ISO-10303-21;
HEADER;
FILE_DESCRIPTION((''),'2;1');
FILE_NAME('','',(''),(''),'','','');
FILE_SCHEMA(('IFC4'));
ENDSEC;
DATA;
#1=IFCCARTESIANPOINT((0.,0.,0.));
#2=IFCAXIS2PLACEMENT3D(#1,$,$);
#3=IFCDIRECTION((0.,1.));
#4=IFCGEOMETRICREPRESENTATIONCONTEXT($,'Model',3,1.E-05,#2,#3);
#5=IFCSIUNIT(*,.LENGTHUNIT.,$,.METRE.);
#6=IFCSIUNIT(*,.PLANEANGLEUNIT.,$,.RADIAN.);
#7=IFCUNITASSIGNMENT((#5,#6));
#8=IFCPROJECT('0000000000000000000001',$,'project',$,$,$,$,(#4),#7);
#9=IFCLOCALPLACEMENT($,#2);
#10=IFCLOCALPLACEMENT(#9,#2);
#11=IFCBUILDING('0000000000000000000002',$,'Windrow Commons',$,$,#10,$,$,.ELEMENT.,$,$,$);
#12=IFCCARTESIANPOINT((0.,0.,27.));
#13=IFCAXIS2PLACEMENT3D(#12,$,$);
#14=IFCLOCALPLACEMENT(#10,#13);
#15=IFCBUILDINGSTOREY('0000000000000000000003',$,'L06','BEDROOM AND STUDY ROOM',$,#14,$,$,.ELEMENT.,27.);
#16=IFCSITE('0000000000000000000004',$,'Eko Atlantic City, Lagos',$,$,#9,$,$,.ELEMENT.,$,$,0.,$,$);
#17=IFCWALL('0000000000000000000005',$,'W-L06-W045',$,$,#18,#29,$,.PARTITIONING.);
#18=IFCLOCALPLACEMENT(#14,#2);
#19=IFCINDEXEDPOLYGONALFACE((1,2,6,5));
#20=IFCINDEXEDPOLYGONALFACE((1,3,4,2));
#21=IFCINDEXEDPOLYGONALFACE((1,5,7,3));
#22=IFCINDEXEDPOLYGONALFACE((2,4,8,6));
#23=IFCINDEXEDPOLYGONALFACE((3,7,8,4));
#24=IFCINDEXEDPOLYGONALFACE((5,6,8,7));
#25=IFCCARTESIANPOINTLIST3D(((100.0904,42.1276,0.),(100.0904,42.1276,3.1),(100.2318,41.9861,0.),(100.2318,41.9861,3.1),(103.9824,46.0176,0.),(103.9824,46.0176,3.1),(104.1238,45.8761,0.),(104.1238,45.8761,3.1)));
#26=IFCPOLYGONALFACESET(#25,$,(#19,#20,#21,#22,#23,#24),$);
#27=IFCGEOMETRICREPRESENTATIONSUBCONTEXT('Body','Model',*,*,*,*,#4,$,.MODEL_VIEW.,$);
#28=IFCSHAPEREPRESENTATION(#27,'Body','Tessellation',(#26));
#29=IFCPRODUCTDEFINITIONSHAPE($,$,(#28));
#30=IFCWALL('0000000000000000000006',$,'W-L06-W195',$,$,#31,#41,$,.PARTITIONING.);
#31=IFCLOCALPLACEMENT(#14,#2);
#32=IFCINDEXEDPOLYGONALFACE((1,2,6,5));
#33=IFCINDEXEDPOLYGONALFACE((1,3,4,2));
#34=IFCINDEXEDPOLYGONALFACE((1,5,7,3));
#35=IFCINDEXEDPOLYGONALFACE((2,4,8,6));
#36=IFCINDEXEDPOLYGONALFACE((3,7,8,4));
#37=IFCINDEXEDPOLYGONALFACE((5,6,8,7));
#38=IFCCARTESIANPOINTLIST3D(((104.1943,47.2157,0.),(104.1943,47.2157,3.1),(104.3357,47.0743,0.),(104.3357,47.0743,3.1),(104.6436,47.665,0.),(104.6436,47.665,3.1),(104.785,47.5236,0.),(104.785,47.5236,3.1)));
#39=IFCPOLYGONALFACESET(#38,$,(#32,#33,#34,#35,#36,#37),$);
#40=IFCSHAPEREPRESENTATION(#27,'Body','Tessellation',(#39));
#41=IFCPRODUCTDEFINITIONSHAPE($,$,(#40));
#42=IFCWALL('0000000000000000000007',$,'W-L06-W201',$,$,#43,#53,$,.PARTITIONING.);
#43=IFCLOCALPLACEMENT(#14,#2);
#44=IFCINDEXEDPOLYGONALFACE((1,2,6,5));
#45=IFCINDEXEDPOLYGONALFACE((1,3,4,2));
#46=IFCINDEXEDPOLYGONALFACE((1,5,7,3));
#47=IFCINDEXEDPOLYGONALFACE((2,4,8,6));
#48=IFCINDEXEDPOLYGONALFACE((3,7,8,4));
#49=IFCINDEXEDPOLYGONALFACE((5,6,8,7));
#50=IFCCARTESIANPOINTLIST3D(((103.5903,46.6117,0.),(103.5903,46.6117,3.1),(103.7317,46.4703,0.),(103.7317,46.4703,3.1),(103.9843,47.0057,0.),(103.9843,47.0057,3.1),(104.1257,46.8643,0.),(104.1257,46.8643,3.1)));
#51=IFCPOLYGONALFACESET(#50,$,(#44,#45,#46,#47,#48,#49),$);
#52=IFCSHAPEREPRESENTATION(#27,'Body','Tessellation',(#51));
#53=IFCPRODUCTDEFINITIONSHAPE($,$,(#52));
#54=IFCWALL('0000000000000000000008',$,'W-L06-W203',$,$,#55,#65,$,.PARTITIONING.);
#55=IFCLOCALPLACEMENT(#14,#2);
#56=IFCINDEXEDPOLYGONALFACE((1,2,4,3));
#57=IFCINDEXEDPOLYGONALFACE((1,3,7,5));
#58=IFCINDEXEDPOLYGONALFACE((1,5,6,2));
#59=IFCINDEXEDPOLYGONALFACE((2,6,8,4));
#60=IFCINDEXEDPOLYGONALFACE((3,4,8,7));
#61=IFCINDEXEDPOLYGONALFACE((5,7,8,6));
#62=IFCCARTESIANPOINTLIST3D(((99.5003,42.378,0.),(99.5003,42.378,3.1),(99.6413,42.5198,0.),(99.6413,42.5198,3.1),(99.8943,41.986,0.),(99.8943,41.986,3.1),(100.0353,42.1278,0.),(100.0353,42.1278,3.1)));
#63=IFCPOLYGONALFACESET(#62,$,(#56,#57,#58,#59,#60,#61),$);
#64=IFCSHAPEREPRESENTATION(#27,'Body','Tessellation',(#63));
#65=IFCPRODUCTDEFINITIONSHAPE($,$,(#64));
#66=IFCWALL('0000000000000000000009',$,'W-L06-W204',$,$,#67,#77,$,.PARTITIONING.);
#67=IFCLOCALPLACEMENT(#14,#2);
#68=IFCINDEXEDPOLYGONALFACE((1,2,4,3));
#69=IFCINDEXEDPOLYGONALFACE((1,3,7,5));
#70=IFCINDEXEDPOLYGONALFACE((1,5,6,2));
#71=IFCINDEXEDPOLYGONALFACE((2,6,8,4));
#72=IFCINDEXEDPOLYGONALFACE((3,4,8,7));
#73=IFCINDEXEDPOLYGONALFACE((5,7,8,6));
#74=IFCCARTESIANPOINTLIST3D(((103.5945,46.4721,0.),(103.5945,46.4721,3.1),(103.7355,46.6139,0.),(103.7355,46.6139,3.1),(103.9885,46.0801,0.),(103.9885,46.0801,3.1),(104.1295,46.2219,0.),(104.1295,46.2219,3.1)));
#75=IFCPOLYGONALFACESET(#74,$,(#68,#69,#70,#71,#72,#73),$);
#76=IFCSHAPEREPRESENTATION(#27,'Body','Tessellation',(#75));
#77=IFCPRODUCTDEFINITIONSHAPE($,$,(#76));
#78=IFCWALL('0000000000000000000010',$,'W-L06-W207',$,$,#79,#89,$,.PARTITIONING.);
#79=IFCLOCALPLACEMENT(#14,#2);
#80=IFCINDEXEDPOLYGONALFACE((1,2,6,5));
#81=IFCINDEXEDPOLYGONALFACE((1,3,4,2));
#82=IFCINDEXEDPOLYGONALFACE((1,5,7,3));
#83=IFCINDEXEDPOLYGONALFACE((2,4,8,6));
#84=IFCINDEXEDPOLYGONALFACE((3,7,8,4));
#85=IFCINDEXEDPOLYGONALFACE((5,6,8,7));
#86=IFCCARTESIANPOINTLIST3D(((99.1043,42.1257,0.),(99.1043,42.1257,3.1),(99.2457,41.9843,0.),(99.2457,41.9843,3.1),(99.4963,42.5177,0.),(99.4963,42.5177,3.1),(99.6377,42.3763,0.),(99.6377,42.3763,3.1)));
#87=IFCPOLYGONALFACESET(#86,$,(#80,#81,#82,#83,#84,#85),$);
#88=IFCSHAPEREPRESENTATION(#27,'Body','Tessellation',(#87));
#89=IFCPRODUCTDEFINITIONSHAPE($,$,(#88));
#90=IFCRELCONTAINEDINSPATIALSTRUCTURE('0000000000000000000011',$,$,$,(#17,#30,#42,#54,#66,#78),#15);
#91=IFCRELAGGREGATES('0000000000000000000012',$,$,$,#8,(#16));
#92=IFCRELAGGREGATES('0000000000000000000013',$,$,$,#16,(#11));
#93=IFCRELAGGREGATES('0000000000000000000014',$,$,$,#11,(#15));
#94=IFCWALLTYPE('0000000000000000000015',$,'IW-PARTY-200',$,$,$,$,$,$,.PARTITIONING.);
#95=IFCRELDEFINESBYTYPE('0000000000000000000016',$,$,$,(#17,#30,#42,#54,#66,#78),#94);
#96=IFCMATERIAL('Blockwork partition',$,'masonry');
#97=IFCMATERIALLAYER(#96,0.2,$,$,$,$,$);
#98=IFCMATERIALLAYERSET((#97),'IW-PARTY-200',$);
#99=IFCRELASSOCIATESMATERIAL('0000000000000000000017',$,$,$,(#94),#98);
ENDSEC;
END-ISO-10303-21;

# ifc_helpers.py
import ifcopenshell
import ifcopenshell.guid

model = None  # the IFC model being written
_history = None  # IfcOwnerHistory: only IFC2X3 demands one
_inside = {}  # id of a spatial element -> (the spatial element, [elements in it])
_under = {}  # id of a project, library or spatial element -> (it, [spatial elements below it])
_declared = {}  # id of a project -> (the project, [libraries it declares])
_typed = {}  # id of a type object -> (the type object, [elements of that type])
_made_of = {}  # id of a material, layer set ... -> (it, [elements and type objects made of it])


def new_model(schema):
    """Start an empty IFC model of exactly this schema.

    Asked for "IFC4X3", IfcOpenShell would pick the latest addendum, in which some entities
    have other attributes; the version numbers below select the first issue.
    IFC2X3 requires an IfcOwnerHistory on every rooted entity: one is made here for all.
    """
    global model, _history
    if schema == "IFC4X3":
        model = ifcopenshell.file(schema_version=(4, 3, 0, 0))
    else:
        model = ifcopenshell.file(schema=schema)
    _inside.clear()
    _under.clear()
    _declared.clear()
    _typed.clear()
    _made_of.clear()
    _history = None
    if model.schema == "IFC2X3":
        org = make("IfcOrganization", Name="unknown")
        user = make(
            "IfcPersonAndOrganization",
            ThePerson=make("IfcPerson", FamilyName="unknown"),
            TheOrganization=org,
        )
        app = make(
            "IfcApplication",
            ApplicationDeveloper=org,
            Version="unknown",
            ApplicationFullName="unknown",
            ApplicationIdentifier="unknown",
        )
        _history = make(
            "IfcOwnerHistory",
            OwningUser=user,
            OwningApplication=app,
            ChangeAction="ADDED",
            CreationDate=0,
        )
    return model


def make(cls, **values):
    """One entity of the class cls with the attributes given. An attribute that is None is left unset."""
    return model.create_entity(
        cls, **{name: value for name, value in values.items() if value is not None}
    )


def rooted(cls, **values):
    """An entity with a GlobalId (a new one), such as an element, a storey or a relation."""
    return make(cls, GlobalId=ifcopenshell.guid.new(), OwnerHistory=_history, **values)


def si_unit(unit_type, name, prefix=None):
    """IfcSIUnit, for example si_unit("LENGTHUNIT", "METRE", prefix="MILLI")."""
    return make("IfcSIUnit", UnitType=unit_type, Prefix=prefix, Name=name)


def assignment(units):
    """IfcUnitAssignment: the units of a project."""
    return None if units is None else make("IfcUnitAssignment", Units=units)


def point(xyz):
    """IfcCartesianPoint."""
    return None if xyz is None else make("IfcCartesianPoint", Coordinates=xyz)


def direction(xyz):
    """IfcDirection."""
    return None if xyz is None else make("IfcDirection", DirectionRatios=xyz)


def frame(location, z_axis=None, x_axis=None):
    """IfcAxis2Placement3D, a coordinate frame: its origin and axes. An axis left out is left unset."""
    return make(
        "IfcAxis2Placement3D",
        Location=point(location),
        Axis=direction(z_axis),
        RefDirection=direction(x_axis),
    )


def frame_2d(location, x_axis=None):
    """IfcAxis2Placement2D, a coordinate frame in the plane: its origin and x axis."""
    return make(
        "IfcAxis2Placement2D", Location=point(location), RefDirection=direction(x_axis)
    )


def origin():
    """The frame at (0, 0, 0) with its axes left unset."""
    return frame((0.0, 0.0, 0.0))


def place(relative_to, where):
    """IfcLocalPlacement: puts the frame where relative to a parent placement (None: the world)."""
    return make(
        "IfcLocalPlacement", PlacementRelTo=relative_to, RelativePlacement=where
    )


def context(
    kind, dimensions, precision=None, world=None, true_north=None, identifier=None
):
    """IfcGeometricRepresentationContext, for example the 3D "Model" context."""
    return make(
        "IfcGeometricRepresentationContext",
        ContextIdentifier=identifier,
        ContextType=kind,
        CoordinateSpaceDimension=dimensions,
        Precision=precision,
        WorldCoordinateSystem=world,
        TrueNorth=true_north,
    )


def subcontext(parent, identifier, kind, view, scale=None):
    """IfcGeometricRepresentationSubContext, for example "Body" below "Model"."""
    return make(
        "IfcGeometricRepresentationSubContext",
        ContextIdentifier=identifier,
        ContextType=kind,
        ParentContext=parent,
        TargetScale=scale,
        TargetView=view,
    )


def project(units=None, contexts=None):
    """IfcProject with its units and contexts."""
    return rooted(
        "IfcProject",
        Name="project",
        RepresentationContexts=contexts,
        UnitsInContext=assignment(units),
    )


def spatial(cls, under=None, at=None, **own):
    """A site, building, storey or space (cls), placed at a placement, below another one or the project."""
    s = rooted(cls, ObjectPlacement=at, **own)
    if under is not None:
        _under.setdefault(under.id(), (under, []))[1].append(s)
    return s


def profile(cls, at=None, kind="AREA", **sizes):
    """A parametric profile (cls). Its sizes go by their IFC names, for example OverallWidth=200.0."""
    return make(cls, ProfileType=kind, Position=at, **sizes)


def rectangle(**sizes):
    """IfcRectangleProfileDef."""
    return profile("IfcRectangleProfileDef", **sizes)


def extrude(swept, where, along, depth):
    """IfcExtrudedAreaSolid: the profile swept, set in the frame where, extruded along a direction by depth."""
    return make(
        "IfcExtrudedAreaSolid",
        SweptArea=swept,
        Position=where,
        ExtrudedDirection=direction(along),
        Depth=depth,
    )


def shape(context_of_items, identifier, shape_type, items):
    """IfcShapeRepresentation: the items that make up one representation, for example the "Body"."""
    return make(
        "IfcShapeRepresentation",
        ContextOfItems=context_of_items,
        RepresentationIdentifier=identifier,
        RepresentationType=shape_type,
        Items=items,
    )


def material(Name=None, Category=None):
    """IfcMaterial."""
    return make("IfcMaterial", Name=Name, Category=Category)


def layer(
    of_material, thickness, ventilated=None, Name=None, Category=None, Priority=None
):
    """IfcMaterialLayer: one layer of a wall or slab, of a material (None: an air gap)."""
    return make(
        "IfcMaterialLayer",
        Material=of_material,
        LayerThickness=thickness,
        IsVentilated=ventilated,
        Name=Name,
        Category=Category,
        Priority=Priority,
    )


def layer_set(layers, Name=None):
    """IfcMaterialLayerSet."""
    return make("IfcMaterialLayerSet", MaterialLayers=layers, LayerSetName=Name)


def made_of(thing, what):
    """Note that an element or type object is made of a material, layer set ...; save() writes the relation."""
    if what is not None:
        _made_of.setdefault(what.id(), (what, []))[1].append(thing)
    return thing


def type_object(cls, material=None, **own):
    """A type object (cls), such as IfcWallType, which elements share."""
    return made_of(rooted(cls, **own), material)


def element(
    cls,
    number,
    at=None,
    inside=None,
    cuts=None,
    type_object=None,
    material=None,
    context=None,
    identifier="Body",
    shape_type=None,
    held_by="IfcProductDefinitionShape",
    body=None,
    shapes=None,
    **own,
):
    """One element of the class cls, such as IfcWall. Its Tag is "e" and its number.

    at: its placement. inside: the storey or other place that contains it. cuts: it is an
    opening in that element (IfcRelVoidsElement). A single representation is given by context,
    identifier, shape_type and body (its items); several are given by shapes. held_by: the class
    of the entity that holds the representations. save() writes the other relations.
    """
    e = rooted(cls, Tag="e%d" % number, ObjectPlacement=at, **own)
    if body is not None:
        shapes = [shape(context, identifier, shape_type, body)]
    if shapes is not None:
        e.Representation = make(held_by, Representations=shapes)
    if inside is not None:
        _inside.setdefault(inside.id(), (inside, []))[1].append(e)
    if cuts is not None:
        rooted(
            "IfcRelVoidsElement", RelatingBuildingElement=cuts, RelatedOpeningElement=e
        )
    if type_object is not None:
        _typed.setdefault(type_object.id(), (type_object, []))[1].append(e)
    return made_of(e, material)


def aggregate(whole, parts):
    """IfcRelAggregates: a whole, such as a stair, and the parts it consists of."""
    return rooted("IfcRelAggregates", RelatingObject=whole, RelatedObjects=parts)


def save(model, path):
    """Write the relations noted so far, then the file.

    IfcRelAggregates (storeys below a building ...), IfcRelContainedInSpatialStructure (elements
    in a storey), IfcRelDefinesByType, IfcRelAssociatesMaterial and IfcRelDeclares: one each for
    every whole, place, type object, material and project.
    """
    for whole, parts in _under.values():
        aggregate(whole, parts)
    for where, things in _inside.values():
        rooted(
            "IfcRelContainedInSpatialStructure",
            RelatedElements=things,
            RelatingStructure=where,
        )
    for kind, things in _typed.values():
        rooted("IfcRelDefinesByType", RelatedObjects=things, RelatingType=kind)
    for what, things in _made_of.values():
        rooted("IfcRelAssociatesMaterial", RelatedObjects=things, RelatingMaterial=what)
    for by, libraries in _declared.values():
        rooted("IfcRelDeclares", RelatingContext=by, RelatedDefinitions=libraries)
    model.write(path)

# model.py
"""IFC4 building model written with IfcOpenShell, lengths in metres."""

from ifc_helpers import new_model, si_unit, direction, frame, frame_2d, origin, place, context, subcontext, project, spatial, rectangle, extrude, material, layer, layer_set, type_object, element, save


model = new_model("IFC4")

# Units and contexts
model_context = context("Model", 3, precision=1e-05, world=origin(), true_north=direction((0.0, 1.0)))
body_context = subcontext(model_context, "Body", "Model", "MODEL_VIEW")
ifc_project = project(units=[si_unit("LENGTHUNIT", "METRE"), si_unit("PLANEANGLEUNIT", "RADIAN")], contexts=[model_context])

# Site, building, storey
site_placement = place(None, origin())
site = spatial("IfcSite", under=ifc_project, at=site_placement, Name="Eko Atlantic City, Lagos", CompositionType="ELEMENT", RefElevation=0.0)
building_placement = place(site_placement, origin())
building = spatial("IfcBuilding", under=site, at=building_placement, Name="Windrow Commons", CompositionType="ELEMENT")
storey_placement = place(building_placement, frame((0.0, 0.0, 27.0)))
storey = spatial("IfcBuildingStorey", under=building, at=storey_placement, Name="L06", Description="BEDROOM AND STUDY ROOM", CompositionType="ELEMENT", Elevation=27.0)

# Walls
ifc_material_1 = material(Name="Blockwork partition", Category="masonry")
ifc_layer_1 = layer(ifc_material_1, 0.2)
ifc_layer_set_1 = layer_set([ifc_layer_1], Name="IW-PARTY-200")
wall_type_1 = type_object("IfcWallType", Name="IW-PARTY-200", PredefinedType="PARTITIONING", material=ifc_layer_set_1)
wall_1_placement = place(storey_placement, frame((100.1611, 42.0569, 0.0), z_axis=(0.0, 0.0, 1.0), x_axis=(0.707288, 0.706925, 0.0)))
element("IfcWall", 1, at=wall_1_placement, inside=storey, type_object=wall_type_1, Name="W-L06-W045", PredefinedType="PARTITIONING", context=body_context, shape_type="SweptSolid", body=[
    extrude(rectangle(XDim=5.5027, YDim=0.2, at=frame_2d((2.7513, 0.0))), origin(), (0.0, 0.0, 1.0), 3.1),
])
wall_2_placement = place(storey_placement, frame((104.265, 47.145, 0.0), z_axis=(0.0, 0.0, 1.0), x_axis=(0.707107, 0.707107, 0.0)))
element("IfcWall", 2, at=wall_2_placement, inside=storey, type_object=wall_type_1, Name="W-L06-W195", PredefinedType="PARTITIONING", context=body_context, shape_type="SweptSolid", body=[
    extrude(rectangle(XDim=0.6354, YDim=0.2, at=frame_2d((0.3177, 0.0))), origin(), (0.0, 0.0, 1.0), 3.1),
])
wall_3_placement = place(storey_placement, frame((103.661, 46.541, 0.0), z_axis=(0.0, 0.0, 1.0), x_axis=(0.707107, 0.707107, 0.0)))
element("IfcWall", 3, at=wall_3_placement, inside=storey, type_object=wall_type_1, Name="W-L06-W201", PredefinedType="PARTITIONING", context=body_context, shape_type="SweptSolid", body=[
    extrude(rectangle(XDim=0.5572, YDim=0.2, at=frame_2d((0.2786, 0.0))), origin(), (0.0, 0.0, 1.0), 3.1),
])
for number, where, z_axis, x_axis, name in (
    (4, (99.5708, 42.4489, 0.0), (0.0, 0.0, 1.0), (0.708904, -0.705305, 0.0), "W-L06-W203"),
    (5, (103.665, 46.543, 0.0), (0.0, 0.0, 1.0), (0.708904, -0.705305, 0.0), "W-L06-W204"),
):
    element("IfcWall", number, at=place(storey_placement, frame(where, z_axis=z_axis, x_axis=x_axis)), inside=storey, type_object=wall_type_1, Name=name, PredefinedType="PARTITIONING", context=body_context, shape_type="SweptSolid", body=[
        extrude(rectangle(XDim=0.5558, YDim=0.2, at=frame_2d((0.2779, 0.0))), origin(), (0.0, 0.0, 1.0), 3.1),
    ])
wall_4_placement = place(storey_placement, frame((99.175, 42.055, 0.0), z_axis=(0.0, 0.0, 1.0), x_axis=(0.707107, 0.707107, 0.0)))
element("IfcWall", 6, at=wall_4_placement, inside=storey, type_object=wall_type_1, Name="W-L06-W207", PredefinedType="PARTITIONING", context=body_context, shape_type="SweptSolid", body=[
    extrude(rectangle(XDim=0.5544, YDim=0.2, at=frame_2d((0.2772, 0.0))), origin(), (0.0, 0.0, 1.0), 3.1),
])

save(model, "model.ifc")
